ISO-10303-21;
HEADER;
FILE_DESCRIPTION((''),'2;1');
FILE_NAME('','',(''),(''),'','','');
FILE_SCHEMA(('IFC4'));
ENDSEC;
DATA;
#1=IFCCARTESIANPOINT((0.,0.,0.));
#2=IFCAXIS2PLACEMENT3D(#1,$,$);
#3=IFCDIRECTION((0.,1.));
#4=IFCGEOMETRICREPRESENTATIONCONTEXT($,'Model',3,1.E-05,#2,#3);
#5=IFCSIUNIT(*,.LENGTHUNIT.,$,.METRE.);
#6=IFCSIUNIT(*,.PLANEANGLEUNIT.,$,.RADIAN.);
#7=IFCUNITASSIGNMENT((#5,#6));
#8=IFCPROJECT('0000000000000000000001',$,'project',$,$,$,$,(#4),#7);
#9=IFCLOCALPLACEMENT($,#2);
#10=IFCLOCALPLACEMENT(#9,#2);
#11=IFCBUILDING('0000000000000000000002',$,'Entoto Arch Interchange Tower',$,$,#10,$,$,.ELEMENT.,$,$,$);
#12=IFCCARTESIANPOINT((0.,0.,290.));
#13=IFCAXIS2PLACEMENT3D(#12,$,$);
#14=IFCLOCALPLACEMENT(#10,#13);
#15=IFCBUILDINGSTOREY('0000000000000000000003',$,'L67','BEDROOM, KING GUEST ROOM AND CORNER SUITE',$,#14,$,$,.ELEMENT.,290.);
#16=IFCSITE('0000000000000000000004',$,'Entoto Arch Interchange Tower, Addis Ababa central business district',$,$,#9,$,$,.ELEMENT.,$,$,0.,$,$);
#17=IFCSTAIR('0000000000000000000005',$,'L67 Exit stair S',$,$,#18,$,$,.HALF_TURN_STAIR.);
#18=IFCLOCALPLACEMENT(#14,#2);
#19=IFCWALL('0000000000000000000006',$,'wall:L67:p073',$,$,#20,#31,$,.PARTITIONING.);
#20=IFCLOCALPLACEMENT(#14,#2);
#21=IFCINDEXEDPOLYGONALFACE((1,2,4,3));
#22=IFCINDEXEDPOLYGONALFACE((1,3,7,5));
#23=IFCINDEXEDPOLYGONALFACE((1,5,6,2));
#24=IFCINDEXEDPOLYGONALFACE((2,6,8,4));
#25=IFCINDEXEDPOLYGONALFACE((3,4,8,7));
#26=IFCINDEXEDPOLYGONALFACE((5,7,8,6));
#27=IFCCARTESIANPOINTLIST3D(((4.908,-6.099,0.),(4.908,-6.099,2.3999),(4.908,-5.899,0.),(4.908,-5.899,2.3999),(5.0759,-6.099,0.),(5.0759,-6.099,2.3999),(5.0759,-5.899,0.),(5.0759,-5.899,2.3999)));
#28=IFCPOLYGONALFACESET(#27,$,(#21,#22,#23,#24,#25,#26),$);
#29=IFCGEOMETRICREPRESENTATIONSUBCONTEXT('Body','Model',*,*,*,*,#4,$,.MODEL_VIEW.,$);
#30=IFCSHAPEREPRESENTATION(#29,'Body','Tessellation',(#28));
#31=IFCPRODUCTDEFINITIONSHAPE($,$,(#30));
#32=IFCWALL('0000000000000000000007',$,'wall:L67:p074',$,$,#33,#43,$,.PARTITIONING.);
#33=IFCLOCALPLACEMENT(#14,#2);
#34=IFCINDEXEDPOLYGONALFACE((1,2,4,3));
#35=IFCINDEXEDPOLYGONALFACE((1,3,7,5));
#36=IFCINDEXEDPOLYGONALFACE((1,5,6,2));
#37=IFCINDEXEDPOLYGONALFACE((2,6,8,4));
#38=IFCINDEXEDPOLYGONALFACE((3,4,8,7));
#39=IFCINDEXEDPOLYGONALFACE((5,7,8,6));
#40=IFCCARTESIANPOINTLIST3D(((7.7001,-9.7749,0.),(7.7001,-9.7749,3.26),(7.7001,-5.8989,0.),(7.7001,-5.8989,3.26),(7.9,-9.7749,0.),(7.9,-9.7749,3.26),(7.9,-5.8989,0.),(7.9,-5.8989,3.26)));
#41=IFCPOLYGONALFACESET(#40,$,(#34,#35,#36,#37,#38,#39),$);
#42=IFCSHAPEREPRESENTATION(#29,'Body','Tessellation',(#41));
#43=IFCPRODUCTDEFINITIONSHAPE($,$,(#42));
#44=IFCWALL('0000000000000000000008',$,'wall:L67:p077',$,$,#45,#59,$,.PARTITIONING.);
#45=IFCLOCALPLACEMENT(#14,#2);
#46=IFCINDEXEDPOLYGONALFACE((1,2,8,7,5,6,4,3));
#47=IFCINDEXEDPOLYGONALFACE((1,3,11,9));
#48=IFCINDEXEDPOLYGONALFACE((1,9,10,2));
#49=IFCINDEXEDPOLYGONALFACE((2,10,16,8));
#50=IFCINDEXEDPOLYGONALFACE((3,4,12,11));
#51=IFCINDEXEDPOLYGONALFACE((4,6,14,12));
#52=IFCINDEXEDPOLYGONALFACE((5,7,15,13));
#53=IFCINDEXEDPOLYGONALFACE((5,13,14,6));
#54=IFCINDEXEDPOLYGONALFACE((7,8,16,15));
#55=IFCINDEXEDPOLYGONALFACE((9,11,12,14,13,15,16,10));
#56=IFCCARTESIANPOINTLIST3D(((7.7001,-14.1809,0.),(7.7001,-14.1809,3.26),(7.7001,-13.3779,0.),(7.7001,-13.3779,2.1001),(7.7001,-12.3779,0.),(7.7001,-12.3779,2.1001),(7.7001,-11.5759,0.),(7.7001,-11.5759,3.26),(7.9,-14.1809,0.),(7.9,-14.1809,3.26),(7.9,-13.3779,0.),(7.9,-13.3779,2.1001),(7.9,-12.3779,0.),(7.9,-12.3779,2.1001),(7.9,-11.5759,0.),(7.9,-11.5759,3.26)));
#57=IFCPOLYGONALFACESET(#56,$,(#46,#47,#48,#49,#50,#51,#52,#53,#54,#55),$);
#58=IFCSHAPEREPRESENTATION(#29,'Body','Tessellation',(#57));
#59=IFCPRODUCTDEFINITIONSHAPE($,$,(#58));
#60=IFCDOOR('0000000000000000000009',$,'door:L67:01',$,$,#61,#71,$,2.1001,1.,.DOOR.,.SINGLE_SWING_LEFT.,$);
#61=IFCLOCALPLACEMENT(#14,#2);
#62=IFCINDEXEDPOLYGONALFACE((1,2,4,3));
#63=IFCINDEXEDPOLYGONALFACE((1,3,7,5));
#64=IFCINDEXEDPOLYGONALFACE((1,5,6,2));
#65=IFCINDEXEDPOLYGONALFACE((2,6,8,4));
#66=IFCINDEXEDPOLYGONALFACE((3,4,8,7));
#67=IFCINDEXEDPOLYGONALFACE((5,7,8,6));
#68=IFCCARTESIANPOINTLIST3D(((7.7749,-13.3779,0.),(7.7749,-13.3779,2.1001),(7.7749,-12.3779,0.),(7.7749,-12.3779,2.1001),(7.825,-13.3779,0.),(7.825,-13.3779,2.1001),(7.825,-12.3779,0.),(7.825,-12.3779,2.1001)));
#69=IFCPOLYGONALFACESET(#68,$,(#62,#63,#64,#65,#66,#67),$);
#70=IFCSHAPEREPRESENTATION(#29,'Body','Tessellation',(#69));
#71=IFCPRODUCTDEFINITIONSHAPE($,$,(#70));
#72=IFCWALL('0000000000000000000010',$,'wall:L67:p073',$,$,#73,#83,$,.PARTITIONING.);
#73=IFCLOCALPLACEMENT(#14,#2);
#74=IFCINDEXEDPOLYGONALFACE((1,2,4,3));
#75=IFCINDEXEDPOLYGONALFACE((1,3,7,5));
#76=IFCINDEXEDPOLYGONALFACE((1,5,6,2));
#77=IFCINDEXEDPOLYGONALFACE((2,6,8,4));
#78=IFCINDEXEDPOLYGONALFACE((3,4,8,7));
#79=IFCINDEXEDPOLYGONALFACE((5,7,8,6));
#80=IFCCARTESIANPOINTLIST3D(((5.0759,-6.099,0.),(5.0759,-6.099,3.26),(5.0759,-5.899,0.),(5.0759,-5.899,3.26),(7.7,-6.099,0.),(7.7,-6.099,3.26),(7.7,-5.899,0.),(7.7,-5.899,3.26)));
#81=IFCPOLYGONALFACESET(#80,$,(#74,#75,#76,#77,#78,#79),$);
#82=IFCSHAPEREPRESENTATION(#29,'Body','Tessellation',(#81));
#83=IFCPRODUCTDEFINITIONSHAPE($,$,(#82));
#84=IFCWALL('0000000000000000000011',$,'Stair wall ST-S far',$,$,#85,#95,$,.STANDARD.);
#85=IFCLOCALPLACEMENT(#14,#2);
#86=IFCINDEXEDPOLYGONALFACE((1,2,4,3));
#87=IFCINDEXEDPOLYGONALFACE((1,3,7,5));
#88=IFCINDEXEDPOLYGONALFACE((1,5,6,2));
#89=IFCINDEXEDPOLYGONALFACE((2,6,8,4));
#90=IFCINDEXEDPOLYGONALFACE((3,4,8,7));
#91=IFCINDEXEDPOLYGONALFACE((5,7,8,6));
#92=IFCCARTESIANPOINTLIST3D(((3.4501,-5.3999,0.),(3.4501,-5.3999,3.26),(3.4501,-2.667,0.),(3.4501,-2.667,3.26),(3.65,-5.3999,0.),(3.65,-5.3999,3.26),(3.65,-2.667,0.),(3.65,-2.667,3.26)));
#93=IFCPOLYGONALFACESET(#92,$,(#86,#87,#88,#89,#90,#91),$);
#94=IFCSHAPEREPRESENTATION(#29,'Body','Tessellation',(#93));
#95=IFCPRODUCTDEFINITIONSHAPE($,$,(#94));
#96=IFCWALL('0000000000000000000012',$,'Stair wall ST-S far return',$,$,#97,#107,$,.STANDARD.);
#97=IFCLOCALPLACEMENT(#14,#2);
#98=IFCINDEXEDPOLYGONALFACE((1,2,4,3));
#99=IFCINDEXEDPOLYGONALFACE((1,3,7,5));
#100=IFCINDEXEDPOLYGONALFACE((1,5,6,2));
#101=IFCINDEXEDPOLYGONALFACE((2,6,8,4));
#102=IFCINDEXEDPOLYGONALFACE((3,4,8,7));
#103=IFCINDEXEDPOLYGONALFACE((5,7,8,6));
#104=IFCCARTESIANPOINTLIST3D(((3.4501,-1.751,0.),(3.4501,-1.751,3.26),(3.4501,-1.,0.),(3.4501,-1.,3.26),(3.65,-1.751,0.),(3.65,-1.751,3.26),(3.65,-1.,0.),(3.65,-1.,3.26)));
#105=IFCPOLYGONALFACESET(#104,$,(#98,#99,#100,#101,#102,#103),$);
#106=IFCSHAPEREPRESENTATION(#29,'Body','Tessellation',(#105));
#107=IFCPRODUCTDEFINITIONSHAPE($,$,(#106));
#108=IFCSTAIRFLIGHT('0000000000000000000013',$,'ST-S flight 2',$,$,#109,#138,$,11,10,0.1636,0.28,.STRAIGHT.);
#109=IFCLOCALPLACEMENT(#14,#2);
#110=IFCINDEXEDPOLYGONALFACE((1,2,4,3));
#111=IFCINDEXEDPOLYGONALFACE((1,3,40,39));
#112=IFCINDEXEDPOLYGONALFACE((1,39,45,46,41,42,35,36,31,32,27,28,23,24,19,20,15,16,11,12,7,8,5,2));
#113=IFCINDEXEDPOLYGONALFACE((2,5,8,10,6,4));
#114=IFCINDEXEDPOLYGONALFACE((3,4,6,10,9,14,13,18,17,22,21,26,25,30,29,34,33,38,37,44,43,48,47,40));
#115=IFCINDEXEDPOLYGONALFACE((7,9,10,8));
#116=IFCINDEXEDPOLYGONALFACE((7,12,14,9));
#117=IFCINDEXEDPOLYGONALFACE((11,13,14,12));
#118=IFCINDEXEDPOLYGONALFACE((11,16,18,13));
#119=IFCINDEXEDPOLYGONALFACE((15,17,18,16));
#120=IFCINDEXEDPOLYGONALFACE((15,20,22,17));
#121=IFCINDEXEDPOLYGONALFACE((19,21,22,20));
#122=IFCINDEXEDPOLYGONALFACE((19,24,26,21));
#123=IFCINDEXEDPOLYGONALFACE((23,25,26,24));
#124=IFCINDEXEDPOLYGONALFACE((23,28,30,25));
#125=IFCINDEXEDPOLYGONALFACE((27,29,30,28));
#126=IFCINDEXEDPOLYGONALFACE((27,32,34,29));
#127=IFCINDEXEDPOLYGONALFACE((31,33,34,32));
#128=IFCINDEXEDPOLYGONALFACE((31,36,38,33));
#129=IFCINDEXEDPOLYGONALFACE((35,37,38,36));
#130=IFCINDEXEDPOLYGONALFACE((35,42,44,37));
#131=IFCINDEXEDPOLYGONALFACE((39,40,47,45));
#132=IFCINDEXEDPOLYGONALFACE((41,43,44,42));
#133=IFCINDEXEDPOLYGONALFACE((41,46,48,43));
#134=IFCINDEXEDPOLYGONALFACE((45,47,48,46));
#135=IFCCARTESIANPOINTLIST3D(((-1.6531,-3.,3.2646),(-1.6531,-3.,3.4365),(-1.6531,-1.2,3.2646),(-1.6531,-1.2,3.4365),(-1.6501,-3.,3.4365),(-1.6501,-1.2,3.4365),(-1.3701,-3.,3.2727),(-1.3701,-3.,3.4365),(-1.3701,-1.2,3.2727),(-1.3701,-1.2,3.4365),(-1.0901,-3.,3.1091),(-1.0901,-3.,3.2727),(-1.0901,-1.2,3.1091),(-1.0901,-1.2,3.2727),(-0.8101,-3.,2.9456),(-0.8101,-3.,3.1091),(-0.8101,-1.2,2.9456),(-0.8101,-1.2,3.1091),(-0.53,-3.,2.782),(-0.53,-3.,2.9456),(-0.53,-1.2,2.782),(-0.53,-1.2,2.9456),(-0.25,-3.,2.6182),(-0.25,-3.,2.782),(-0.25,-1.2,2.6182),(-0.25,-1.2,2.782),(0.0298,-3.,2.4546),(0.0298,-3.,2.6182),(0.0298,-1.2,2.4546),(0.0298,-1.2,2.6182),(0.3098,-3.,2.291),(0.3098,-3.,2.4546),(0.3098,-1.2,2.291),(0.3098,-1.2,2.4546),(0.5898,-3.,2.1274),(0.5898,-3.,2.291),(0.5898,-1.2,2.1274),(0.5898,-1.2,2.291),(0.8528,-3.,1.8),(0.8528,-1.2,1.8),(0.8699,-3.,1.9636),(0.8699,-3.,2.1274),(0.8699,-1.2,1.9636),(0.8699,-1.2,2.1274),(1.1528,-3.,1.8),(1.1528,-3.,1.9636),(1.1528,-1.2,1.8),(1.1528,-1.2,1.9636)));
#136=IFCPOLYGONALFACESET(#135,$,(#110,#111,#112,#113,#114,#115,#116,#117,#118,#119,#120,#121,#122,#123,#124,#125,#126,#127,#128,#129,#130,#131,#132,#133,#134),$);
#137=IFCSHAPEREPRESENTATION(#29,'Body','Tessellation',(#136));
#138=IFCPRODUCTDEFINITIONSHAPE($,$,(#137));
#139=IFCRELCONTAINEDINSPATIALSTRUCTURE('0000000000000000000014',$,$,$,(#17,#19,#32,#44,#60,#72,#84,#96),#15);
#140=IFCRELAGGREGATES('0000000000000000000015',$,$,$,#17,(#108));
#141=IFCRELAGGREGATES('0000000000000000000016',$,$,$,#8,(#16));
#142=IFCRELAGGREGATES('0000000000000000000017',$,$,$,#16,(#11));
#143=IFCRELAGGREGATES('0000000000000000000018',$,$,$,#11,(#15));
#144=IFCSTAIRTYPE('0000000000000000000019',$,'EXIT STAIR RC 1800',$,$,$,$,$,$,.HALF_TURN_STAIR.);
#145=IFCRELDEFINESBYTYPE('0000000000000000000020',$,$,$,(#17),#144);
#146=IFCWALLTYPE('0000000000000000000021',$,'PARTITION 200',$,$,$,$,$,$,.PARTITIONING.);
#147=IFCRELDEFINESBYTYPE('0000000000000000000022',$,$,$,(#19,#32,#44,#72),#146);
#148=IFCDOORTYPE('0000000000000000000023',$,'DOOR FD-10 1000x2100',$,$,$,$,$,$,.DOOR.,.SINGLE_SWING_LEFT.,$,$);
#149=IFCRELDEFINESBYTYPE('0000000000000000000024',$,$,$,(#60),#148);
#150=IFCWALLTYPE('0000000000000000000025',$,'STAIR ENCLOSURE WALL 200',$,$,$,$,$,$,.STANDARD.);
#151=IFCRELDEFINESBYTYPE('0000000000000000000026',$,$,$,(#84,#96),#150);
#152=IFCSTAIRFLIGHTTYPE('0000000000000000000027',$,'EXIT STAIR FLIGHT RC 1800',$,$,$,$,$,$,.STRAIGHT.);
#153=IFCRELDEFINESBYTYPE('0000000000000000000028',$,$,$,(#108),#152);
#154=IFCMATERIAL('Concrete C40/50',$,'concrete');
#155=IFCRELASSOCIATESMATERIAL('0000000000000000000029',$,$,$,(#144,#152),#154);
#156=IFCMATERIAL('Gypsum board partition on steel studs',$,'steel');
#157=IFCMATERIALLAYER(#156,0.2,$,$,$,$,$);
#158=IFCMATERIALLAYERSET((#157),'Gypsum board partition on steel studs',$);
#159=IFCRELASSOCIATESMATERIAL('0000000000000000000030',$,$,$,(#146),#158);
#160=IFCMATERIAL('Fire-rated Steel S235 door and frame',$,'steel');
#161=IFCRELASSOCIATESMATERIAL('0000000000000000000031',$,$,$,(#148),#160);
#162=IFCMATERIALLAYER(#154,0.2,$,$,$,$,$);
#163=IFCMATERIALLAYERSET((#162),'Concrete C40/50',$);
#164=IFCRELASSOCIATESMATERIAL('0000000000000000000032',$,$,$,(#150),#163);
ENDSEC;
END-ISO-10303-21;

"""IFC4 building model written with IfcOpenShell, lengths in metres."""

from ifc_helpers import new_model, si_unit, direction, frame, frame_2d, origin, place, context, subcontext, project, spatial, polyline, rectangle, outline, extrude, material, layer, layer_set, type_object, element, fill, aggregate, save


model = new_model("IFC4")

# Units and contexts
model_context = context("Model", 3, precision=1e-05, world=origin(), true_north=direction((0.0, 1.0)))
body_context = subcontext(model_context, "Body", "Model", "MODEL_VIEW")
ifc_project = project(units=[si_unit("LENGTHUNIT", "METRE"), si_unit("PLANEANGLEUNIT", "RADIAN")], contexts=[model_context])

# Site, building, storey
site_placement = place(None, origin())
site = spatial("IfcSite", under=ifc_project, at=site_placement, Name="Entoto Arch Interchange Tower, Addis Ababa central business district", CompositionType="ELEMENT", RefElevation=0.0)
building_placement = place(site_placement, origin())
building = spatial("IfcBuilding", under=site, at=building_placement, Name="Entoto Arch Interchange Tower", CompositionType="ELEMENT")
storey_placement = place(building_placement, frame((0.0, 0.0, 290.0)))
storey = spatial("IfcBuildingStorey", under=building, at=storey_placement, Name="L67", Description="BEDROOM, KING GUEST ROOM AND CORNER SUITE", CompositionType="ELEMENT", Elevation=290.0)

# Shared definitions
ifc_material_1 = material(Name="Concrete C40/50", Category="concrete")

# Stair
stair_type = type_object("IfcStairType", Name="EXIT STAIR RC 1800", PredefinedType="HALF_TURN_STAIR", material=ifc_material_1)
stair_placement = place(storey_placement, origin())
stair = element("IfcStair", 1, at=stair_placement, inside=storey, type_object=stair_type, Name="L67 Exit stair S", PredefinedType="HALF_TURN_STAIR")

# Shared definitions
ifc_material_2 = material(Name="Fire-rated Steel S235 door and frame", Category="steel")

# Walls
ifc_material_3 = material(Name="Gypsum board partition on steel studs", Category="steel")
ifc_layer_1 = layer(ifc_material_3, 0.2)
ifc_layer_set_1 = layer_set([ifc_layer_1], Name="Gypsum board partition on steel studs")
wall_type_1 = type_object("IfcWallType", Name="PARTITION 200", PredefinedType="PARTITIONING", material=ifc_layer_set_1)
wall_1_placement = place(storey_placement, frame((4.908, -5.999, 0.0), z_axis=(0.0, 0.0, 1.0), x_axis=(1.0, 0.0, 0.0)))
element("IfcWall", 2, at=wall_1_placement, inside=storey, type_object=wall_type_1, Name="wall:L67:p073", PredefinedType="PARTITIONING", context=body_context, shape_type="SweptSolid", body=[
    extrude(rectangle(XDim=0.168, YDim=0.2, at=frame_2d((0.084, 0.0))), origin(), (0.0, 0.0, 1.0), 2.3999),
])
wall_2_placement = place(storey_placement, frame((7.8, -5.8989, 0.0), z_axis=(0.0, 0.0, 1.0), x_axis=(0.0, -1.0, 0.0)))
element("IfcWall", 3, at=wall_2_placement, inside=storey, type_object=wall_type_1, Name="wall:L67:p074", PredefinedType="PARTITIONING", context=body_context, shape_type="SweptSolid", body=[
    extrude(rectangle(XDim=3.876, YDim=0.2, at=frame_2d((1.938, 0.0))), origin(), (0.0, 0.0, 1.0), 3.26),
])

# Wall, opening, door
wall_3_placement = place(storey_placement, frame((7.8, -11.5759, 0.0), z_axis=(0.0, 0.0, 1.0), x_axis=(0.0, -1.0, 0.0)))
wall_3 = element("IfcWall", 4, at=wall_3_placement, inside=storey, type_object=wall_type_1, Name="wall:L67:p077", PredefinedType="PARTITIONING", context=body_context, shape_type="SweptSolid", body=[
    extrude(rectangle(XDim=2.605, YDim=0.2, at=frame_2d((1.3025, 0.0))), origin(), (0.0, 0.0, 1.0), 3.26),
])
opening_1_placement = place(wall_3_placement, frame((0.802, 0.0, 0.0)))
opening_1 = element("IfcOpeningElement", 5, at=opening_1_placement, cuts=wall_3, PredefinedType="OPENING", context=body_context, shape_type="SweptSolid", body=[
    extrude(rectangle(XDim=1.0, YDim=2.1001, at=frame_2d((0.5, 1.05))), frame((0.0, 0.1099, 0.0), z_axis=(0.0, -1.0, 0.0), x_axis=(1.0, 0.0, 0.0)), (0.0, 0.0, 1.0), 0.22),
])
door_type_1 = type_object("IfcDoorType", Name="DOOR FD-10 1000x2100", OperationType="SINGLE_SWING_LEFT", PredefinedType="DOOR", material=ifc_material_2)
door_1_placement = place(opening_1_placement, origin())
door_1 = element("IfcDoor", 6, at=door_1_placement, inside=storey, type_object=door_type_1, Name="door:L67:01", OperationType="SINGLE_SWING_LEFT", OverallHeight=2.1001, OverallWidth=1.0, PredefinedType="DOOR", context=body_context, shape_type="SweptSolid", body=[
    extrude(rectangle(XDim=1.0, YDim=2.1001, at=frame_2d((0.5, 1.05))), frame((0.0, 0.0249, 0.0), z_axis=(0.0, -1.0, 0.0), x_axis=(1.0, 0.0, 0.0)), (0.0, 0.0, 1.0), 0.05),
])
fill(opening_1, door_1)

# Walls
wall_4_placement = place(storey_placement, frame((5.0759, -5.999, 0.0), z_axis=(0.0, 0.0, 1.0), x_axis=(1.0, 0.0, 0.0)))
element("IfcWall", 7, at=wall_4_placement, inside=storey, type_object=wall_type_1, Name="wall:L67:p073", PredefinedType="PARTITIONING", context=body_context, shape_type="SweptSolid", body=[
    extrude(rectangle(XDim=2.624, YDim=0.2, at=frame_2d((1.312, 0.0))), origin(), (0.0, 0.0, 1.0), 3.26),
])
ifc_layer_2 = layer(ifc_material_1, 0.2)
ifc_layer_set_2 = layer_set([ifc_layer_2], Name="Concrete C40/50")
wall_type_2 = type_object("IfcWallType", Name="STAIR ENCLOSURE WALL 200", PredefinedType="STANDARD", material=ifc_layer_set_2)
wall_5_placement = place(storey_placement, frame((3.55, -2.667, 0.0), z_axis=(0.0, 0.0, 1.0), x_axis=(0.0, -1.0, 0.0)))
element("IfcWall", 8, at=wall_5_placement, inside=storey, type_object=wall_type_2, Name="Stair wall ST-S far", PredefinedType="STANDARD", context=body_context, shape_type="SweptSolid", body=[
    extrude(rectangle(XDim=2.7329, YDim=0.2, at=frame_2d((1.3665, 0.0))), origin(), (0.0, 0.0, 1.0), 3.26),
])
wall_6_placement = place(storey_placement, frame((3.55, -1.0, 0.0), z_axis=(0.0, 0.0, 1.0), x_axis=(0.0, -1.0, 0.0)))
element("IfcWall", 9, at=wall_6_placement, inside=storey, type_object=wall_type_2, Name="Stair wall ST-S far return", PredefinedType="STANDARD", context=body_context, shape_type="SweptSolid", body=[
    extrude(rectangle(XDim=0.751, YDim=0.2, at=frame_2d((0.3755, 0.0))), origin(), (0.0, 0.0, 1.0), 3.26),
])

# Stair flight
stair_flight_type = type_object("IfcStairFlightType", Name="EXIT STAIR FLIGHT RC 1800", PredefinedType="STRAIGHT", material=ifc_material_1)
stair_flight_placement = place(storey_placement, frame((1.1499, -2.1001, 1.8), z_axis=(0.0, 0.0, 1.0), x_axis=(-1.0, 0.0, 0.0)))
stair_flight = element("IfcStairFlight", 10, at=stair_flight_placement, type_object=stair_flight_type, Name="ST-S flight 2", NumberOfRisers=11, NumberOfTreads=10, PredefinedType="STRAIGHT", RiserHeight=0.1636, TreadLength=0.28, context=body_context, shape_type="SweptSolid", body=[
    extrude(outline(polyline([(-0.0029, 0.0), (-0.0029, 0.1636), (0.28, 0.1636), (0.28, 0.3274), (0.5601, 0.3274), (0.5601, 0.491), (0.8401, 0.491), (0.8401, 0.6545), (1.1201, 0.6545), (1.1201, 0.8181), (1.3999, 0.8181), (1.3999, 0.9819), (1.6799, 0.9819), (1.6799, 1.1455), (1.96, 1.1455), (1.96, 1.3091), (2.24, 1.3091), (2.24, 1.4727), (2.52, 1.4727), (2.52, 1.6365), (2.8, 1.6365), (2.803, 1.6365), (2.803, 1.4646), (0.2971, 0.0), (-0.0029, 0.0)])), frame((0.0, 0.8999, 0.0), z_axis=(0.0, -1.0, 0.0), x_axis=(1.0, 0.0, 0.0)), (0.0, 0.0, 1.0), 1.8),
])
aggregate(stair, [stair_flight])

save(model, "model.ifc")
